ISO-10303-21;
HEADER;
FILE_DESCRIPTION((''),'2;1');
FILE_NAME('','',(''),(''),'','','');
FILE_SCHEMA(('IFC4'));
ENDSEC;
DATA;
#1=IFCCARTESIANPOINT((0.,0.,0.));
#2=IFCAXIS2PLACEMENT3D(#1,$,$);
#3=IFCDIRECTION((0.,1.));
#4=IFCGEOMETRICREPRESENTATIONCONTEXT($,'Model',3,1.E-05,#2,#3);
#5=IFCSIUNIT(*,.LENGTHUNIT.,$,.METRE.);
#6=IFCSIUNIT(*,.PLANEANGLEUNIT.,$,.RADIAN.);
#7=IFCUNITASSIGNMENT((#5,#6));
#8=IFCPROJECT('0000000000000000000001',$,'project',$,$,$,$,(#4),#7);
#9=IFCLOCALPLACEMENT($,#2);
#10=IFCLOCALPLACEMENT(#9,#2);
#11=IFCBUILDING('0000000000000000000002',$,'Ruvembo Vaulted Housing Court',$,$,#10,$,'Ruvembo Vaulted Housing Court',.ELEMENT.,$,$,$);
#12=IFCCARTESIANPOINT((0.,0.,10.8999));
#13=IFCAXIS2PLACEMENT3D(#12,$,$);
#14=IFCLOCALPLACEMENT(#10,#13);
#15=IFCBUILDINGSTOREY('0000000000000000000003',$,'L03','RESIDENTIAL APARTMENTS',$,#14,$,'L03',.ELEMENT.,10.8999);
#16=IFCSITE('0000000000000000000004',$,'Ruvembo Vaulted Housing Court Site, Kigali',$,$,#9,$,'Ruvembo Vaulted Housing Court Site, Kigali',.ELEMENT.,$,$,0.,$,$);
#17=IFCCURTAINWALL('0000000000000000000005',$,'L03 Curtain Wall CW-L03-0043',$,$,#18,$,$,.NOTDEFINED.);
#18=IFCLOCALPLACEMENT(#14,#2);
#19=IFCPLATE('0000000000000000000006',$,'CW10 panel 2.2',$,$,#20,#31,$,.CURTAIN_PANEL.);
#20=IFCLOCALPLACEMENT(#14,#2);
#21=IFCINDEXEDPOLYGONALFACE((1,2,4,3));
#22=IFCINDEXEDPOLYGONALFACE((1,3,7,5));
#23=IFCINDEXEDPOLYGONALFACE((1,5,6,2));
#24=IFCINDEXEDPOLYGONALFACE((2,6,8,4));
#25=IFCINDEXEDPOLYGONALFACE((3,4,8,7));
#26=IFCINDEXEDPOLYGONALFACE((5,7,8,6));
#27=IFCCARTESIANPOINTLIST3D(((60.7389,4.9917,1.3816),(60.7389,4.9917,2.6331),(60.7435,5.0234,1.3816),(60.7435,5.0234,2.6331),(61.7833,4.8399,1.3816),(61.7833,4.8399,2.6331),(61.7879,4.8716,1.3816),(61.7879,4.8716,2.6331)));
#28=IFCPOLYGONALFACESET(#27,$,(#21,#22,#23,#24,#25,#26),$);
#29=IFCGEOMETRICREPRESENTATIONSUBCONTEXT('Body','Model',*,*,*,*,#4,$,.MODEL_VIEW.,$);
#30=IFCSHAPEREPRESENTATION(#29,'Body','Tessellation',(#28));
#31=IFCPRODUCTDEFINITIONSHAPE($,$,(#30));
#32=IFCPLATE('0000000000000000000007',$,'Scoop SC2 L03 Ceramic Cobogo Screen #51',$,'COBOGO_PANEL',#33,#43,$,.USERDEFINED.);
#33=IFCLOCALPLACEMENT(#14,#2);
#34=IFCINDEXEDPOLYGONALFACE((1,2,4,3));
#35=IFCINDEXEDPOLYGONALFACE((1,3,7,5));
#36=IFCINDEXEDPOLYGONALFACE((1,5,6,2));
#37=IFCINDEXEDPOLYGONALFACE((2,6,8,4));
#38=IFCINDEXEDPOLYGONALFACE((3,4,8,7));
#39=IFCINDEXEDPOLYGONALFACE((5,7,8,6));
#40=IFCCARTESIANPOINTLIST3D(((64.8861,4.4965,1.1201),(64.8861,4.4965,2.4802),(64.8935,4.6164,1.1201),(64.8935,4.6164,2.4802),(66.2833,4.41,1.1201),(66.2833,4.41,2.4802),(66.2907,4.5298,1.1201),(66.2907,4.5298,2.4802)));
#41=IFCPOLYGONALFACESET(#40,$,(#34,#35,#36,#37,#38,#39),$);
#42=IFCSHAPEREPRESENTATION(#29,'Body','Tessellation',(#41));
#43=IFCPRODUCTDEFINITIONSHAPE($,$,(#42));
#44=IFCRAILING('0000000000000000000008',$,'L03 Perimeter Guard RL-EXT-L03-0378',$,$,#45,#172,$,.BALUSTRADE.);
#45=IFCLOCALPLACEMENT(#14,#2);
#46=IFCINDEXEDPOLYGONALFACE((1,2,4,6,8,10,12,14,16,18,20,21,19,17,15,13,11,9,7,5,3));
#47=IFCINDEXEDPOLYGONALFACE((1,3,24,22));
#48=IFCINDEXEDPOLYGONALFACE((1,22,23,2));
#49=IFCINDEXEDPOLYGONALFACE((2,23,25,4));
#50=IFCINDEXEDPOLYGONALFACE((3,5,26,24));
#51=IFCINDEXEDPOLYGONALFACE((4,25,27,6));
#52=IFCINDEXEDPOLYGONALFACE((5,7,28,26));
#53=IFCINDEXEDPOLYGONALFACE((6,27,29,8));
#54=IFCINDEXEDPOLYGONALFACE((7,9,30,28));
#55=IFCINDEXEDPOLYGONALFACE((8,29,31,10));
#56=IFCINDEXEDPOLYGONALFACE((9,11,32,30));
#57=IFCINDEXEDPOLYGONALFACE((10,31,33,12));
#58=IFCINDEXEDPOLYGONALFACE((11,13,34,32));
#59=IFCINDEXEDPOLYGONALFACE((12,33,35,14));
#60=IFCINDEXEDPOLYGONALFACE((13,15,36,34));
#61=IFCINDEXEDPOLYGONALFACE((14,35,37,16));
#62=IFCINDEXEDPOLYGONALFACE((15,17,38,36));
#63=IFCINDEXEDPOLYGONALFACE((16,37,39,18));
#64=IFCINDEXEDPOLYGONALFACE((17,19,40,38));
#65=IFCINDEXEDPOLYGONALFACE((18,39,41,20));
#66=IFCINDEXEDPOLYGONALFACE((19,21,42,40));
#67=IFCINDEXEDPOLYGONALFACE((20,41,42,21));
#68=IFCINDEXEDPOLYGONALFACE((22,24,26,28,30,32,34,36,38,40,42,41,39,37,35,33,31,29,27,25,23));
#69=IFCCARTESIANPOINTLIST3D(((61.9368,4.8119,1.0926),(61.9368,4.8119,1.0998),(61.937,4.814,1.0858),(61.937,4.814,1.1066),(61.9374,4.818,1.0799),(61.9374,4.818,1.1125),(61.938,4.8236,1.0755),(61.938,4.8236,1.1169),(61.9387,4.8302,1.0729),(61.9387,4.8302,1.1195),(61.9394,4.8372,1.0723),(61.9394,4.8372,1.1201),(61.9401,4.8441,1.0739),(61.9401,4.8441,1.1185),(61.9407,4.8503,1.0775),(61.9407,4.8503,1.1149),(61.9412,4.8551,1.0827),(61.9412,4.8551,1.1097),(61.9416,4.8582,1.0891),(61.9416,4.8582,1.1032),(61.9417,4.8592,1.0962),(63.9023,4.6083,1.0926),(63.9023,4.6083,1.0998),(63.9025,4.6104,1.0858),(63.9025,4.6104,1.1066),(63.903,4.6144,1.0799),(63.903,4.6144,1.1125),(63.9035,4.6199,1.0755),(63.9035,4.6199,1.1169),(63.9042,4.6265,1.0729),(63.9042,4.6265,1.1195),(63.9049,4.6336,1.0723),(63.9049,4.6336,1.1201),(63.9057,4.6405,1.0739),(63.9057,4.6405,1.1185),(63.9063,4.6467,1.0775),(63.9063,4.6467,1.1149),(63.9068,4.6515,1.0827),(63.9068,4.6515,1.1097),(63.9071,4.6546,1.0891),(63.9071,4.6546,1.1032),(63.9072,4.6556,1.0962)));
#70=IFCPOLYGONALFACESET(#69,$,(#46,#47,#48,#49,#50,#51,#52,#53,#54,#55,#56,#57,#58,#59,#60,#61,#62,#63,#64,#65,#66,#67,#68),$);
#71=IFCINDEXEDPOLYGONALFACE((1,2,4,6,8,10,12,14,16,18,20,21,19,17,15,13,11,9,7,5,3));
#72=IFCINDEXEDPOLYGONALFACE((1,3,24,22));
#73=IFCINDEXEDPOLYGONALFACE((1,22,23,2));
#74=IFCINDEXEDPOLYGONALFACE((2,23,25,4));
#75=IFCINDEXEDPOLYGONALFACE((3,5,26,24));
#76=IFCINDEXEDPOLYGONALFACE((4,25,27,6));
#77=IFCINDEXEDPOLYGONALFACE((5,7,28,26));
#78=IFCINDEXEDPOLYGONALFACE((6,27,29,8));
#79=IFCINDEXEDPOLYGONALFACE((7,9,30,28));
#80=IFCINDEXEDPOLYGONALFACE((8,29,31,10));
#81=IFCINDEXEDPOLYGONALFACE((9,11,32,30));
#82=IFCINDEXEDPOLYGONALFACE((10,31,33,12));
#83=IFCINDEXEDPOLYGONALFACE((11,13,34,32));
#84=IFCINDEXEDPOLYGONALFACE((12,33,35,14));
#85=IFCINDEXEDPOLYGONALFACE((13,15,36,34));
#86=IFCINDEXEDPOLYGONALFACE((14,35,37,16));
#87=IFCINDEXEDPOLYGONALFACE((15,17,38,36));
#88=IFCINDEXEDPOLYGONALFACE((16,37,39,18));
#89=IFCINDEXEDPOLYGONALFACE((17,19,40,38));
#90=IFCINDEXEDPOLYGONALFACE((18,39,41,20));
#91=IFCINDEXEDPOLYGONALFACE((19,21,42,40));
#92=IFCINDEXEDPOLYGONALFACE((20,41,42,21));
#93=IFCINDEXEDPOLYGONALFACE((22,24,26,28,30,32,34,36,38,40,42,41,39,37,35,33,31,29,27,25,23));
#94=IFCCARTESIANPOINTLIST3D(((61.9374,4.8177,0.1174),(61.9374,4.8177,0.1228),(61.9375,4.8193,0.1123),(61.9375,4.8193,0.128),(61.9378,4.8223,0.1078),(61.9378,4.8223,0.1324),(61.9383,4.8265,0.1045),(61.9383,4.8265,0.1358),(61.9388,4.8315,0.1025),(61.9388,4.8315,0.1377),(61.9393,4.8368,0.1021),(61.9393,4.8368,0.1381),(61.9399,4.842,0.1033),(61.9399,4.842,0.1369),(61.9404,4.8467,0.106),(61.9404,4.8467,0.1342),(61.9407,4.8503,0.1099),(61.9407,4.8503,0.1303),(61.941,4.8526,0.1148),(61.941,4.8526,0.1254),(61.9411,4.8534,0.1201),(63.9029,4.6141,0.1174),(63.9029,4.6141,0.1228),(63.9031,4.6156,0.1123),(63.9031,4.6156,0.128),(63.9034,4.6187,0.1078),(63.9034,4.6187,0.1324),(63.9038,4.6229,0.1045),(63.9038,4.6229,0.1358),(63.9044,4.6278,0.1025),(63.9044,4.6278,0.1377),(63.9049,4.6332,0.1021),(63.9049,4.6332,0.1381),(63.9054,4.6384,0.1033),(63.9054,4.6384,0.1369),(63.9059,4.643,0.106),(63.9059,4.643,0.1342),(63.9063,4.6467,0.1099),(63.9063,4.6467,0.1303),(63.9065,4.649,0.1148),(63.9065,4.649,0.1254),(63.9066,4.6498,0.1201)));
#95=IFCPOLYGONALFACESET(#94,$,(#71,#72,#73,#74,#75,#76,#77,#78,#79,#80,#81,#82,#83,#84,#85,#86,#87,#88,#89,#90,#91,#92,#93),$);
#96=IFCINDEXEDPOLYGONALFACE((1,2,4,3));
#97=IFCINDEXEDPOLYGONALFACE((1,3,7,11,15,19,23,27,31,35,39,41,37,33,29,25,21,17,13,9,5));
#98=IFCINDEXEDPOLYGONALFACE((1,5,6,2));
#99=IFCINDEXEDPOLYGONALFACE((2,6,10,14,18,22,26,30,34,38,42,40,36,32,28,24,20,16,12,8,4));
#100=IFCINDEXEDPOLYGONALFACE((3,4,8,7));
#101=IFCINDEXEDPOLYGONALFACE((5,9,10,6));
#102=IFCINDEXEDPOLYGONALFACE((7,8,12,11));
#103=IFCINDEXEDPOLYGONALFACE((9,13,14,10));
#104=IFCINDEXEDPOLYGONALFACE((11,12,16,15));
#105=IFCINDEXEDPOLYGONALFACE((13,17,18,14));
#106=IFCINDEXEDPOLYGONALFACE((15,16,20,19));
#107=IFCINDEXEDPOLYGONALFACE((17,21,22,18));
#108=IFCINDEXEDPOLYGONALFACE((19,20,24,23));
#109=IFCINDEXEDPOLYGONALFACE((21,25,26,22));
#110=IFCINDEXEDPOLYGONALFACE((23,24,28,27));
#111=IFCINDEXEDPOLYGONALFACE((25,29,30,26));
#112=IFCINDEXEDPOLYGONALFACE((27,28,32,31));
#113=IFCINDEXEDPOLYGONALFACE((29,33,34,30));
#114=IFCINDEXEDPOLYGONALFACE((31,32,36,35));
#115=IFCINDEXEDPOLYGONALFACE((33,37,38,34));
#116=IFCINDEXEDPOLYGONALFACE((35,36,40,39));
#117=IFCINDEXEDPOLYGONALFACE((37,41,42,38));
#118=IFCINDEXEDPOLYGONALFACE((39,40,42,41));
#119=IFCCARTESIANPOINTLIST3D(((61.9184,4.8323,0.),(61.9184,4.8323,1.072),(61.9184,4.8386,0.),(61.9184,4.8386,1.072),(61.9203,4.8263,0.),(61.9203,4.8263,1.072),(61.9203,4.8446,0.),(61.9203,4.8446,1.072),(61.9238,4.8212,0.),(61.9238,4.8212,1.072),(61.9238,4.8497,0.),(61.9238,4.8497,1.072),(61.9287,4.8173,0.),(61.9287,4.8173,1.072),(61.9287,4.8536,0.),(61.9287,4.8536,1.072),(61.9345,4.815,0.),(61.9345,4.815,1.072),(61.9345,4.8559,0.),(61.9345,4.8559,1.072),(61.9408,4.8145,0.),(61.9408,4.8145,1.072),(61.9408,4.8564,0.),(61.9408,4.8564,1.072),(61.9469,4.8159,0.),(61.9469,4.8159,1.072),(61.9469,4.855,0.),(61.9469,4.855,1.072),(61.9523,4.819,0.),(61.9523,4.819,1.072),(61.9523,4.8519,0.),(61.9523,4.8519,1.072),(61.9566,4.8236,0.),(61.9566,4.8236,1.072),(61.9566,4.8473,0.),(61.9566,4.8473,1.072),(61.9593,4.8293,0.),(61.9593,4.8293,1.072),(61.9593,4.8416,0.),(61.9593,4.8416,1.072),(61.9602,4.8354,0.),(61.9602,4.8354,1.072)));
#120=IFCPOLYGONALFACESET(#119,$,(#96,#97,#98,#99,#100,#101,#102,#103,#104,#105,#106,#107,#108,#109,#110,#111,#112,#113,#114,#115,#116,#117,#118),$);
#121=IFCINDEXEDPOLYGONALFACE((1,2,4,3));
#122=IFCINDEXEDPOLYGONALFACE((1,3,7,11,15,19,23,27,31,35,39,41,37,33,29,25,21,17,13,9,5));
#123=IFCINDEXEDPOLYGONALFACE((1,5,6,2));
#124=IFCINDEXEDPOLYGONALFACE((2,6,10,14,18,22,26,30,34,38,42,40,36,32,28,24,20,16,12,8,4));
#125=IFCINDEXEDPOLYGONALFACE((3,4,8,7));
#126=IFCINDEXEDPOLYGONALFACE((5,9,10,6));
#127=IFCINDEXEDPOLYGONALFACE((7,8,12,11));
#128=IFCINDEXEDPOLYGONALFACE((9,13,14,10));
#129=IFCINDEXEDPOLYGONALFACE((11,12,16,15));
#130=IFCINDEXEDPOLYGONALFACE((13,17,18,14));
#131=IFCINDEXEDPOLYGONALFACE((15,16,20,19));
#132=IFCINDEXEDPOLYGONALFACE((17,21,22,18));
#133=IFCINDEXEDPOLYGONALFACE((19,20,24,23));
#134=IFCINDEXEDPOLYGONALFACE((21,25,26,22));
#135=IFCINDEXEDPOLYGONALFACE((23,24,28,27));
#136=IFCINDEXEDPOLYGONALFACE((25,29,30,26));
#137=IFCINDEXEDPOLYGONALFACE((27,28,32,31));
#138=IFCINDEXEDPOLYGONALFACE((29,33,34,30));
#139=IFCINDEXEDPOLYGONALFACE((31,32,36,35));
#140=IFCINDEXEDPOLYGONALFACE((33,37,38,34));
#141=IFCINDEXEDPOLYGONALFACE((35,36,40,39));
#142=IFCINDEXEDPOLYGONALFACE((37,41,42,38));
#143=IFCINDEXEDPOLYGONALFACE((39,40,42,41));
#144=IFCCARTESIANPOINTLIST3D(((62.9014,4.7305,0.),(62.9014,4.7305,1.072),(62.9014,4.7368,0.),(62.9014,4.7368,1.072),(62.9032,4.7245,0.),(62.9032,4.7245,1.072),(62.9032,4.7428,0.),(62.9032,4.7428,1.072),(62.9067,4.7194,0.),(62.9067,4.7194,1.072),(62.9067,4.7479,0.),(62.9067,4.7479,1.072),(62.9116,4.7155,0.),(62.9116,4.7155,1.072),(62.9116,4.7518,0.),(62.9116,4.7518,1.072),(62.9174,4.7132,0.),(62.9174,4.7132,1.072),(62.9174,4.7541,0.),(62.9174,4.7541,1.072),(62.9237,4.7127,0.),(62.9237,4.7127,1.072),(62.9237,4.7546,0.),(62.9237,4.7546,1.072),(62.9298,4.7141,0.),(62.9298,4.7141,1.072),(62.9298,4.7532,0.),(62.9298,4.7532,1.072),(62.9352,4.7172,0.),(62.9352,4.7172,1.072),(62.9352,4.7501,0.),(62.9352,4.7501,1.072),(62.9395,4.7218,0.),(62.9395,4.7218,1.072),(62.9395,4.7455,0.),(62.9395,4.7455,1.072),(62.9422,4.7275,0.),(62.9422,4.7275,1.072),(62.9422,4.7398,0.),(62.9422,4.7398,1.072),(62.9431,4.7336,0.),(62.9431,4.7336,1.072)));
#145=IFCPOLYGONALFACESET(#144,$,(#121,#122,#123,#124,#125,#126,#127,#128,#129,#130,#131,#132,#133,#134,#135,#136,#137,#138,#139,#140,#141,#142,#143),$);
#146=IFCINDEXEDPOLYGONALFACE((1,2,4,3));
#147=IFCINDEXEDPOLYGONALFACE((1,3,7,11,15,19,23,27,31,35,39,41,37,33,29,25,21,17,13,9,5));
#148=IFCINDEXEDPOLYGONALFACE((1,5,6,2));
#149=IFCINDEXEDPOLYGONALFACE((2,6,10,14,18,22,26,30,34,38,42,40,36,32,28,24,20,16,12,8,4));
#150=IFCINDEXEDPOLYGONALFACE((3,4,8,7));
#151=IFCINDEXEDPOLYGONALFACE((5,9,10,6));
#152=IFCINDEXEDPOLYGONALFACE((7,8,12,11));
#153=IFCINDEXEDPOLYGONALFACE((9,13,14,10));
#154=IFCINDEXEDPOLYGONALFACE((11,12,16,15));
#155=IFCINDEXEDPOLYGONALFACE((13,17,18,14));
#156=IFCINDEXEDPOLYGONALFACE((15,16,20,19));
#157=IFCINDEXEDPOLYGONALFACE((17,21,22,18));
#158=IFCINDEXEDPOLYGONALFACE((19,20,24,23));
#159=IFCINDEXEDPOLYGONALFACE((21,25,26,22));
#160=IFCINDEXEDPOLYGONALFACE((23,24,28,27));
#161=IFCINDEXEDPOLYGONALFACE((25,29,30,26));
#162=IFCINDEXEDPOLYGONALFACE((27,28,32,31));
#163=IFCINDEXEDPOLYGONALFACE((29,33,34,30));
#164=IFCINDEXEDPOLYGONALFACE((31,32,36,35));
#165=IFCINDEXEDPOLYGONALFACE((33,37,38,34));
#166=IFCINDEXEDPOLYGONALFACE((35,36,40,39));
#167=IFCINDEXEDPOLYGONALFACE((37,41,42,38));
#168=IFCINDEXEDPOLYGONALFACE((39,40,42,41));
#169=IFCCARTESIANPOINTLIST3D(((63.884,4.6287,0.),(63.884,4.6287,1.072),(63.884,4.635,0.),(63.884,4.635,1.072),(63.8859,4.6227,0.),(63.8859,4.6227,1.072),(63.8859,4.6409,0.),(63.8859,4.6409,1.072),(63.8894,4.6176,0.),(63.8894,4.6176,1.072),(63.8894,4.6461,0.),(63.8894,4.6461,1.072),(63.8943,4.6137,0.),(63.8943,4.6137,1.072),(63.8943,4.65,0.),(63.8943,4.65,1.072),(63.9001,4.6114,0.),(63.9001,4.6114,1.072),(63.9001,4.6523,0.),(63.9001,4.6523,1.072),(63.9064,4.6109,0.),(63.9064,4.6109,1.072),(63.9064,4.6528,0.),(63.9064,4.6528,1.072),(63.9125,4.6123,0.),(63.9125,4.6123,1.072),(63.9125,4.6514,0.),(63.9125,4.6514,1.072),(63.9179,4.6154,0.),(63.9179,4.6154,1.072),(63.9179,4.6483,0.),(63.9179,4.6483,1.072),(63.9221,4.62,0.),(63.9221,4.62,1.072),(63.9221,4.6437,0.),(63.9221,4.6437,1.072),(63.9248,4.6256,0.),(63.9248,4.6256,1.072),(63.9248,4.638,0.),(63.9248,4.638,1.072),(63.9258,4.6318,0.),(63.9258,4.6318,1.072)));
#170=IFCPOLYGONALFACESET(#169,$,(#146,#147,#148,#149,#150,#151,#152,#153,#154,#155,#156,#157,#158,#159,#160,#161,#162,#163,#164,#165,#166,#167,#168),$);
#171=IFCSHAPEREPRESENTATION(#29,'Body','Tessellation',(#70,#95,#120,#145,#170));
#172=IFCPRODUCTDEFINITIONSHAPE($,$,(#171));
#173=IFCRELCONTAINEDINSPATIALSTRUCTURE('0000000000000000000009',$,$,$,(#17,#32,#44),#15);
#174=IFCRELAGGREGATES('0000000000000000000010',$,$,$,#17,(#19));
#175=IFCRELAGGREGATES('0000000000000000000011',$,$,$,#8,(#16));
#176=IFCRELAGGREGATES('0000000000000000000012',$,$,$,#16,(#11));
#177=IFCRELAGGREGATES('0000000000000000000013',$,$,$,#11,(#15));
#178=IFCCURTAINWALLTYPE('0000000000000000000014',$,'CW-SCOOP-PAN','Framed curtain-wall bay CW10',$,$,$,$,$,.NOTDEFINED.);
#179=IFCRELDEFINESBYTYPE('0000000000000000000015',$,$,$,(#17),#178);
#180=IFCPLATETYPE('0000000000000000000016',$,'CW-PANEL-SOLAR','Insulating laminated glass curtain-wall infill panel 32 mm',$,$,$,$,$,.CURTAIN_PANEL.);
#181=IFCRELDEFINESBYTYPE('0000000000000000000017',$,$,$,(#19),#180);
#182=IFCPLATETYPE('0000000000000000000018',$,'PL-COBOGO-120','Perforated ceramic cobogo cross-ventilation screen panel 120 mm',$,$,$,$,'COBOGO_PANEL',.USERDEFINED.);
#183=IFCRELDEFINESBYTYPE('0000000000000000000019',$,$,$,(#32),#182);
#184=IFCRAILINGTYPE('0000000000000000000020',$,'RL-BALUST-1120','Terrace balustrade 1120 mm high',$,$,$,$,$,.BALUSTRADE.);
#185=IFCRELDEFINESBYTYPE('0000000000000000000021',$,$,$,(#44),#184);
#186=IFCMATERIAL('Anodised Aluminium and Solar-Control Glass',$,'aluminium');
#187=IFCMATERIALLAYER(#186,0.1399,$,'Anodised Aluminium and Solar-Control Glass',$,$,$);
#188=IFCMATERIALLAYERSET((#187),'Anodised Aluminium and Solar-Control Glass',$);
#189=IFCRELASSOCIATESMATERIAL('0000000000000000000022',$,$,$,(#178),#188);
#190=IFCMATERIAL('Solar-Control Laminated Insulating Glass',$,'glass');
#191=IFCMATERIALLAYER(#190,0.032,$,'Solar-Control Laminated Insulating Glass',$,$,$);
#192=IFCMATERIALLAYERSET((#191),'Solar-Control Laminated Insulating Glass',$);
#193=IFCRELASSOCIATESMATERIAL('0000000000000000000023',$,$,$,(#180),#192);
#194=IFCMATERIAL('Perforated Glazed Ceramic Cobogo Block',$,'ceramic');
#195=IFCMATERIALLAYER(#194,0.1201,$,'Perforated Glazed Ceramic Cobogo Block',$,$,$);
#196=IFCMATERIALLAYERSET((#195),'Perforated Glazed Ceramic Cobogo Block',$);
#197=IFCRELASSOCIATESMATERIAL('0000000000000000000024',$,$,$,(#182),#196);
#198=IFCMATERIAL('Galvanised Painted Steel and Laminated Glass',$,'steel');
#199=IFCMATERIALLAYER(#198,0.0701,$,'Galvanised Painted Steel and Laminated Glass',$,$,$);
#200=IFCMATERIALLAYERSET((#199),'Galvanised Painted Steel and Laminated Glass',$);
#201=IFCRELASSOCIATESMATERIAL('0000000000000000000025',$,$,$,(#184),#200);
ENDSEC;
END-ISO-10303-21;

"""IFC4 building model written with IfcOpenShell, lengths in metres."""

from ifc_helpers import new_model, si_unit, direction, frame, origin, origin_2d, place, context, subcontext, project, spatial, rectangle, circle, extrude, material, layer, layer_set, type_object, element, aggregate, save


model = new_model("IFC4")

# Units and contexts
model_context = context("Model", 3, precision=1e-05, world=origin(), true_north=direction((0.0, 1.0)))
body_context = subcontext(model_context, "Body", "Model", "MODEL_VIEW")
ifc_project = project(units=[si_unit("LENGTHUNIT", "METRE"), si_unit("PLANEANGLEUNIT", "RADIAN")], contexts=[model_context])

# Site, building, storey
site_placement = place(None, origin())
site = spatial("IfcSite", under=ifc_project, at=site_placement, Name="Ruvembo Vaulted Housing Court Site, Kigali", LongName="Ruvembo Vaulted Housing Court Site, Kigali", CompositionType="ELEMENT", RefElevation=0.0)
building_placement = place(site_placement, origin())
building = spatial("IfcBuilding", under=site, at=building_placement, Name="Ruvembo Vaulted Housing Court", LongName="Ruvembo Vaulted Housing Court", CompositionType="ELEMENT")
storey_placement = place(building_placement, frame((0.0, 0.0, 10.8999)))
storey = spatial("IfcBuildingStorey", under=building, at=storey_placement, Name="L03", Description="RESIDENTIAL APARTMENTS", LongName="L03", CompositionType="ELEMENT", Elevation=10.8999)

# Curtain wall, plate
ifc_material_1 = material(Name="Anodised Aluminium and Solar-Control Glass", Category="aluminium")
ifc_layer_1 = layer(ifc_material_1, 0.1399, Name="Anodised Aluminium and Solar-Control Glass")
ifc_layer_set_1 = layer_set([ifc_layer_1], Name="Anodised Aluminium and Solar-Control Glass")
curtain_wall_type = type_object("IfcCurtainWallType", Name="CW-SCOOP-PAN", Description="Framed curtain-wall bay CW10", PredefinedType="NOTDEFINED", material=ifc_layer_set_1)
curtain_wall_placement = place(storey_placement, origin())
curtain_wall = element("IfcCurtainWall", 1, at=curtain_wall_placement, inside=storey, type_object=curtain_wall_type, Name="L03 Curtain Wall CW-L03-0043", PredefinedType="NOTDEFINED")
ifc_material_2 = material(Name="Solar-Control Laminated Insulating Glass", Category="glass")
ifc_layer_2 = layer(ifc_material_2, 0.032, Name="Solar-Control Laminated Insulating Glass")
ifc_layer_set_2 = layer_set([ifc_layer_2], Name="Solar-Control Laminated Insulating Glass")
plate_type_1 = type_object("IfcPlateType", Name="CW-PANEL-SOLAR", Description="Insulating laminated glass curtain-wall infill panel 32 mm", PredefinedType="CURTAIN_PANEL", material=ifc_layer_set_2)
plate_1_placement = place(storey_placement, frame((61.2634, 4.9316, 1.3816), z_axis=(0.0, 0.0, 1.0), x_axis=(0.989599, -0.143851, 0.0)))
plate_1 = element("IfcPlate", 2, at=plate_1_placement, type_object=plate_type_1, Name="CW10 panel 2.2", PredefinedType="CURTAIN_PANEL", context=body_context, shape_type="SweptSolid", body=[
    extrude(rectangle(XDim=1.0554, YDim=0.032, at=origin_2d()), origin(), (0.0, 0.0, 1.0), 1.2515),
])
aggregate(curtain_wall, [plate_1])

# Plate
ifc_material_3 = material(Name="Perforated Glazed Ceramic Cobogo Block", Category="ceramic")
ifc_layer_3 = layer(ifc_material_3, 0.1201, Name="Perforated Glazed Ceramic Cobogo Block")
ifc_layer_set_3 = layer_set([ifc_layer_3], Name="Perforated Glazed Ceramic Cobogo Block")
plate_type_2 = type_object("IfcPlateType", Name="PL-COBOGO-120", Description="Perforated ceramic cobogo cross-ventilation screen panel 120 mm", ElementType="COBOGO_PANEL", PredefinedType="USERDEFINED", material=ifc_layer_set_3)
plate_2_placement = place(storey_placement, frame((65.5884, 4.5132, 1.1201), z_axis=(0.0, 0.0, 1.0), x_axis=(0.998087, -0.061832, 0.0)))
element("IfcPlate", 3, at=plate_2_placement, inside=storey, type_object=plate_type_2, Name="Scoop SC2 L03 Ceramic Cobogo Screen #51", ObjectType="COBOGO_PANEL", PredefinedType="USERDEFINED", context=body_context, shape_type="SweptSolid", body=[
    extrude(rectangle(XDim=1.3999, YDim=0.1201, at=origin_2d()), origin(), (0.0, 0.0, 1.0), 1.3601),
])

# Railing
ifc_material_4 = material(Name="Galvanised Painted Steel and Laminated Glass", Category="steel")
ifc_layer_4 = layer(ifc_material_4, 0.0701, Name="Galvanised Painted Steel and Laminated Glass")
ifc_layer_set_4 = layer_set([ifc_layer_4], Name="Galvanised Painted Steel and Laminated Glass")
railing_type = type_object("IfcRailingType", Name="RL-BALUST-1120", Description="Terrace balustrade 1120 mm high", PredefinedType="BALUSTRADE", material=ifc_layer_set_4)
railing_1_placement = place(storey_placement, frame((61.9392, 4.8354, 0.0)))
element("IfcRailing", 4, at=railing_1_placement, inside=storey, type_object=railing_type, Name="L03 Perimeter Guard RL-EXT-L03-0378", PredefinedType="BALUSTRADE", context=body_context, shape_type="SweptSolid", body=[
    extrude(circle(Radius=0.0239, at=origin_2d()), frame((0.0, 0.0, 1.0962), z_axis=(0.994677, -0.103038, 0.0), x_axis=(0.103038, 0.994677, 0.0)), (0.0, 0.0, 1.0), 1.9761),
    extrude(circle(Radius=0.0181, at=origin_2d()), frame((0.0, 0.0, 0.1201), z_axis=(0.994677, -0.103038, 0.0), x_axis=(0.103038, 0.994677, 0.0)), (0.0, 0.0, 1.0), 1.9761),
    extrude(circle(Radius=0.021, at=origin_2d()), origin(), (0.0, 0.0, 1.0), 1.072),
    extrude(circle(Radius=0.021, at=origin_2d()), frame((0.9829, -0.1018, 0.0)), (0.0, 0.0, 1.0), 1.072),
    extrude(circle(Radius=0.021, at=origin_2d()), frame((1.9656, -0.2036, 0.0)), (0.0, 0.0, 1.0), 1.072),
])

save(model, "model.ifc")
